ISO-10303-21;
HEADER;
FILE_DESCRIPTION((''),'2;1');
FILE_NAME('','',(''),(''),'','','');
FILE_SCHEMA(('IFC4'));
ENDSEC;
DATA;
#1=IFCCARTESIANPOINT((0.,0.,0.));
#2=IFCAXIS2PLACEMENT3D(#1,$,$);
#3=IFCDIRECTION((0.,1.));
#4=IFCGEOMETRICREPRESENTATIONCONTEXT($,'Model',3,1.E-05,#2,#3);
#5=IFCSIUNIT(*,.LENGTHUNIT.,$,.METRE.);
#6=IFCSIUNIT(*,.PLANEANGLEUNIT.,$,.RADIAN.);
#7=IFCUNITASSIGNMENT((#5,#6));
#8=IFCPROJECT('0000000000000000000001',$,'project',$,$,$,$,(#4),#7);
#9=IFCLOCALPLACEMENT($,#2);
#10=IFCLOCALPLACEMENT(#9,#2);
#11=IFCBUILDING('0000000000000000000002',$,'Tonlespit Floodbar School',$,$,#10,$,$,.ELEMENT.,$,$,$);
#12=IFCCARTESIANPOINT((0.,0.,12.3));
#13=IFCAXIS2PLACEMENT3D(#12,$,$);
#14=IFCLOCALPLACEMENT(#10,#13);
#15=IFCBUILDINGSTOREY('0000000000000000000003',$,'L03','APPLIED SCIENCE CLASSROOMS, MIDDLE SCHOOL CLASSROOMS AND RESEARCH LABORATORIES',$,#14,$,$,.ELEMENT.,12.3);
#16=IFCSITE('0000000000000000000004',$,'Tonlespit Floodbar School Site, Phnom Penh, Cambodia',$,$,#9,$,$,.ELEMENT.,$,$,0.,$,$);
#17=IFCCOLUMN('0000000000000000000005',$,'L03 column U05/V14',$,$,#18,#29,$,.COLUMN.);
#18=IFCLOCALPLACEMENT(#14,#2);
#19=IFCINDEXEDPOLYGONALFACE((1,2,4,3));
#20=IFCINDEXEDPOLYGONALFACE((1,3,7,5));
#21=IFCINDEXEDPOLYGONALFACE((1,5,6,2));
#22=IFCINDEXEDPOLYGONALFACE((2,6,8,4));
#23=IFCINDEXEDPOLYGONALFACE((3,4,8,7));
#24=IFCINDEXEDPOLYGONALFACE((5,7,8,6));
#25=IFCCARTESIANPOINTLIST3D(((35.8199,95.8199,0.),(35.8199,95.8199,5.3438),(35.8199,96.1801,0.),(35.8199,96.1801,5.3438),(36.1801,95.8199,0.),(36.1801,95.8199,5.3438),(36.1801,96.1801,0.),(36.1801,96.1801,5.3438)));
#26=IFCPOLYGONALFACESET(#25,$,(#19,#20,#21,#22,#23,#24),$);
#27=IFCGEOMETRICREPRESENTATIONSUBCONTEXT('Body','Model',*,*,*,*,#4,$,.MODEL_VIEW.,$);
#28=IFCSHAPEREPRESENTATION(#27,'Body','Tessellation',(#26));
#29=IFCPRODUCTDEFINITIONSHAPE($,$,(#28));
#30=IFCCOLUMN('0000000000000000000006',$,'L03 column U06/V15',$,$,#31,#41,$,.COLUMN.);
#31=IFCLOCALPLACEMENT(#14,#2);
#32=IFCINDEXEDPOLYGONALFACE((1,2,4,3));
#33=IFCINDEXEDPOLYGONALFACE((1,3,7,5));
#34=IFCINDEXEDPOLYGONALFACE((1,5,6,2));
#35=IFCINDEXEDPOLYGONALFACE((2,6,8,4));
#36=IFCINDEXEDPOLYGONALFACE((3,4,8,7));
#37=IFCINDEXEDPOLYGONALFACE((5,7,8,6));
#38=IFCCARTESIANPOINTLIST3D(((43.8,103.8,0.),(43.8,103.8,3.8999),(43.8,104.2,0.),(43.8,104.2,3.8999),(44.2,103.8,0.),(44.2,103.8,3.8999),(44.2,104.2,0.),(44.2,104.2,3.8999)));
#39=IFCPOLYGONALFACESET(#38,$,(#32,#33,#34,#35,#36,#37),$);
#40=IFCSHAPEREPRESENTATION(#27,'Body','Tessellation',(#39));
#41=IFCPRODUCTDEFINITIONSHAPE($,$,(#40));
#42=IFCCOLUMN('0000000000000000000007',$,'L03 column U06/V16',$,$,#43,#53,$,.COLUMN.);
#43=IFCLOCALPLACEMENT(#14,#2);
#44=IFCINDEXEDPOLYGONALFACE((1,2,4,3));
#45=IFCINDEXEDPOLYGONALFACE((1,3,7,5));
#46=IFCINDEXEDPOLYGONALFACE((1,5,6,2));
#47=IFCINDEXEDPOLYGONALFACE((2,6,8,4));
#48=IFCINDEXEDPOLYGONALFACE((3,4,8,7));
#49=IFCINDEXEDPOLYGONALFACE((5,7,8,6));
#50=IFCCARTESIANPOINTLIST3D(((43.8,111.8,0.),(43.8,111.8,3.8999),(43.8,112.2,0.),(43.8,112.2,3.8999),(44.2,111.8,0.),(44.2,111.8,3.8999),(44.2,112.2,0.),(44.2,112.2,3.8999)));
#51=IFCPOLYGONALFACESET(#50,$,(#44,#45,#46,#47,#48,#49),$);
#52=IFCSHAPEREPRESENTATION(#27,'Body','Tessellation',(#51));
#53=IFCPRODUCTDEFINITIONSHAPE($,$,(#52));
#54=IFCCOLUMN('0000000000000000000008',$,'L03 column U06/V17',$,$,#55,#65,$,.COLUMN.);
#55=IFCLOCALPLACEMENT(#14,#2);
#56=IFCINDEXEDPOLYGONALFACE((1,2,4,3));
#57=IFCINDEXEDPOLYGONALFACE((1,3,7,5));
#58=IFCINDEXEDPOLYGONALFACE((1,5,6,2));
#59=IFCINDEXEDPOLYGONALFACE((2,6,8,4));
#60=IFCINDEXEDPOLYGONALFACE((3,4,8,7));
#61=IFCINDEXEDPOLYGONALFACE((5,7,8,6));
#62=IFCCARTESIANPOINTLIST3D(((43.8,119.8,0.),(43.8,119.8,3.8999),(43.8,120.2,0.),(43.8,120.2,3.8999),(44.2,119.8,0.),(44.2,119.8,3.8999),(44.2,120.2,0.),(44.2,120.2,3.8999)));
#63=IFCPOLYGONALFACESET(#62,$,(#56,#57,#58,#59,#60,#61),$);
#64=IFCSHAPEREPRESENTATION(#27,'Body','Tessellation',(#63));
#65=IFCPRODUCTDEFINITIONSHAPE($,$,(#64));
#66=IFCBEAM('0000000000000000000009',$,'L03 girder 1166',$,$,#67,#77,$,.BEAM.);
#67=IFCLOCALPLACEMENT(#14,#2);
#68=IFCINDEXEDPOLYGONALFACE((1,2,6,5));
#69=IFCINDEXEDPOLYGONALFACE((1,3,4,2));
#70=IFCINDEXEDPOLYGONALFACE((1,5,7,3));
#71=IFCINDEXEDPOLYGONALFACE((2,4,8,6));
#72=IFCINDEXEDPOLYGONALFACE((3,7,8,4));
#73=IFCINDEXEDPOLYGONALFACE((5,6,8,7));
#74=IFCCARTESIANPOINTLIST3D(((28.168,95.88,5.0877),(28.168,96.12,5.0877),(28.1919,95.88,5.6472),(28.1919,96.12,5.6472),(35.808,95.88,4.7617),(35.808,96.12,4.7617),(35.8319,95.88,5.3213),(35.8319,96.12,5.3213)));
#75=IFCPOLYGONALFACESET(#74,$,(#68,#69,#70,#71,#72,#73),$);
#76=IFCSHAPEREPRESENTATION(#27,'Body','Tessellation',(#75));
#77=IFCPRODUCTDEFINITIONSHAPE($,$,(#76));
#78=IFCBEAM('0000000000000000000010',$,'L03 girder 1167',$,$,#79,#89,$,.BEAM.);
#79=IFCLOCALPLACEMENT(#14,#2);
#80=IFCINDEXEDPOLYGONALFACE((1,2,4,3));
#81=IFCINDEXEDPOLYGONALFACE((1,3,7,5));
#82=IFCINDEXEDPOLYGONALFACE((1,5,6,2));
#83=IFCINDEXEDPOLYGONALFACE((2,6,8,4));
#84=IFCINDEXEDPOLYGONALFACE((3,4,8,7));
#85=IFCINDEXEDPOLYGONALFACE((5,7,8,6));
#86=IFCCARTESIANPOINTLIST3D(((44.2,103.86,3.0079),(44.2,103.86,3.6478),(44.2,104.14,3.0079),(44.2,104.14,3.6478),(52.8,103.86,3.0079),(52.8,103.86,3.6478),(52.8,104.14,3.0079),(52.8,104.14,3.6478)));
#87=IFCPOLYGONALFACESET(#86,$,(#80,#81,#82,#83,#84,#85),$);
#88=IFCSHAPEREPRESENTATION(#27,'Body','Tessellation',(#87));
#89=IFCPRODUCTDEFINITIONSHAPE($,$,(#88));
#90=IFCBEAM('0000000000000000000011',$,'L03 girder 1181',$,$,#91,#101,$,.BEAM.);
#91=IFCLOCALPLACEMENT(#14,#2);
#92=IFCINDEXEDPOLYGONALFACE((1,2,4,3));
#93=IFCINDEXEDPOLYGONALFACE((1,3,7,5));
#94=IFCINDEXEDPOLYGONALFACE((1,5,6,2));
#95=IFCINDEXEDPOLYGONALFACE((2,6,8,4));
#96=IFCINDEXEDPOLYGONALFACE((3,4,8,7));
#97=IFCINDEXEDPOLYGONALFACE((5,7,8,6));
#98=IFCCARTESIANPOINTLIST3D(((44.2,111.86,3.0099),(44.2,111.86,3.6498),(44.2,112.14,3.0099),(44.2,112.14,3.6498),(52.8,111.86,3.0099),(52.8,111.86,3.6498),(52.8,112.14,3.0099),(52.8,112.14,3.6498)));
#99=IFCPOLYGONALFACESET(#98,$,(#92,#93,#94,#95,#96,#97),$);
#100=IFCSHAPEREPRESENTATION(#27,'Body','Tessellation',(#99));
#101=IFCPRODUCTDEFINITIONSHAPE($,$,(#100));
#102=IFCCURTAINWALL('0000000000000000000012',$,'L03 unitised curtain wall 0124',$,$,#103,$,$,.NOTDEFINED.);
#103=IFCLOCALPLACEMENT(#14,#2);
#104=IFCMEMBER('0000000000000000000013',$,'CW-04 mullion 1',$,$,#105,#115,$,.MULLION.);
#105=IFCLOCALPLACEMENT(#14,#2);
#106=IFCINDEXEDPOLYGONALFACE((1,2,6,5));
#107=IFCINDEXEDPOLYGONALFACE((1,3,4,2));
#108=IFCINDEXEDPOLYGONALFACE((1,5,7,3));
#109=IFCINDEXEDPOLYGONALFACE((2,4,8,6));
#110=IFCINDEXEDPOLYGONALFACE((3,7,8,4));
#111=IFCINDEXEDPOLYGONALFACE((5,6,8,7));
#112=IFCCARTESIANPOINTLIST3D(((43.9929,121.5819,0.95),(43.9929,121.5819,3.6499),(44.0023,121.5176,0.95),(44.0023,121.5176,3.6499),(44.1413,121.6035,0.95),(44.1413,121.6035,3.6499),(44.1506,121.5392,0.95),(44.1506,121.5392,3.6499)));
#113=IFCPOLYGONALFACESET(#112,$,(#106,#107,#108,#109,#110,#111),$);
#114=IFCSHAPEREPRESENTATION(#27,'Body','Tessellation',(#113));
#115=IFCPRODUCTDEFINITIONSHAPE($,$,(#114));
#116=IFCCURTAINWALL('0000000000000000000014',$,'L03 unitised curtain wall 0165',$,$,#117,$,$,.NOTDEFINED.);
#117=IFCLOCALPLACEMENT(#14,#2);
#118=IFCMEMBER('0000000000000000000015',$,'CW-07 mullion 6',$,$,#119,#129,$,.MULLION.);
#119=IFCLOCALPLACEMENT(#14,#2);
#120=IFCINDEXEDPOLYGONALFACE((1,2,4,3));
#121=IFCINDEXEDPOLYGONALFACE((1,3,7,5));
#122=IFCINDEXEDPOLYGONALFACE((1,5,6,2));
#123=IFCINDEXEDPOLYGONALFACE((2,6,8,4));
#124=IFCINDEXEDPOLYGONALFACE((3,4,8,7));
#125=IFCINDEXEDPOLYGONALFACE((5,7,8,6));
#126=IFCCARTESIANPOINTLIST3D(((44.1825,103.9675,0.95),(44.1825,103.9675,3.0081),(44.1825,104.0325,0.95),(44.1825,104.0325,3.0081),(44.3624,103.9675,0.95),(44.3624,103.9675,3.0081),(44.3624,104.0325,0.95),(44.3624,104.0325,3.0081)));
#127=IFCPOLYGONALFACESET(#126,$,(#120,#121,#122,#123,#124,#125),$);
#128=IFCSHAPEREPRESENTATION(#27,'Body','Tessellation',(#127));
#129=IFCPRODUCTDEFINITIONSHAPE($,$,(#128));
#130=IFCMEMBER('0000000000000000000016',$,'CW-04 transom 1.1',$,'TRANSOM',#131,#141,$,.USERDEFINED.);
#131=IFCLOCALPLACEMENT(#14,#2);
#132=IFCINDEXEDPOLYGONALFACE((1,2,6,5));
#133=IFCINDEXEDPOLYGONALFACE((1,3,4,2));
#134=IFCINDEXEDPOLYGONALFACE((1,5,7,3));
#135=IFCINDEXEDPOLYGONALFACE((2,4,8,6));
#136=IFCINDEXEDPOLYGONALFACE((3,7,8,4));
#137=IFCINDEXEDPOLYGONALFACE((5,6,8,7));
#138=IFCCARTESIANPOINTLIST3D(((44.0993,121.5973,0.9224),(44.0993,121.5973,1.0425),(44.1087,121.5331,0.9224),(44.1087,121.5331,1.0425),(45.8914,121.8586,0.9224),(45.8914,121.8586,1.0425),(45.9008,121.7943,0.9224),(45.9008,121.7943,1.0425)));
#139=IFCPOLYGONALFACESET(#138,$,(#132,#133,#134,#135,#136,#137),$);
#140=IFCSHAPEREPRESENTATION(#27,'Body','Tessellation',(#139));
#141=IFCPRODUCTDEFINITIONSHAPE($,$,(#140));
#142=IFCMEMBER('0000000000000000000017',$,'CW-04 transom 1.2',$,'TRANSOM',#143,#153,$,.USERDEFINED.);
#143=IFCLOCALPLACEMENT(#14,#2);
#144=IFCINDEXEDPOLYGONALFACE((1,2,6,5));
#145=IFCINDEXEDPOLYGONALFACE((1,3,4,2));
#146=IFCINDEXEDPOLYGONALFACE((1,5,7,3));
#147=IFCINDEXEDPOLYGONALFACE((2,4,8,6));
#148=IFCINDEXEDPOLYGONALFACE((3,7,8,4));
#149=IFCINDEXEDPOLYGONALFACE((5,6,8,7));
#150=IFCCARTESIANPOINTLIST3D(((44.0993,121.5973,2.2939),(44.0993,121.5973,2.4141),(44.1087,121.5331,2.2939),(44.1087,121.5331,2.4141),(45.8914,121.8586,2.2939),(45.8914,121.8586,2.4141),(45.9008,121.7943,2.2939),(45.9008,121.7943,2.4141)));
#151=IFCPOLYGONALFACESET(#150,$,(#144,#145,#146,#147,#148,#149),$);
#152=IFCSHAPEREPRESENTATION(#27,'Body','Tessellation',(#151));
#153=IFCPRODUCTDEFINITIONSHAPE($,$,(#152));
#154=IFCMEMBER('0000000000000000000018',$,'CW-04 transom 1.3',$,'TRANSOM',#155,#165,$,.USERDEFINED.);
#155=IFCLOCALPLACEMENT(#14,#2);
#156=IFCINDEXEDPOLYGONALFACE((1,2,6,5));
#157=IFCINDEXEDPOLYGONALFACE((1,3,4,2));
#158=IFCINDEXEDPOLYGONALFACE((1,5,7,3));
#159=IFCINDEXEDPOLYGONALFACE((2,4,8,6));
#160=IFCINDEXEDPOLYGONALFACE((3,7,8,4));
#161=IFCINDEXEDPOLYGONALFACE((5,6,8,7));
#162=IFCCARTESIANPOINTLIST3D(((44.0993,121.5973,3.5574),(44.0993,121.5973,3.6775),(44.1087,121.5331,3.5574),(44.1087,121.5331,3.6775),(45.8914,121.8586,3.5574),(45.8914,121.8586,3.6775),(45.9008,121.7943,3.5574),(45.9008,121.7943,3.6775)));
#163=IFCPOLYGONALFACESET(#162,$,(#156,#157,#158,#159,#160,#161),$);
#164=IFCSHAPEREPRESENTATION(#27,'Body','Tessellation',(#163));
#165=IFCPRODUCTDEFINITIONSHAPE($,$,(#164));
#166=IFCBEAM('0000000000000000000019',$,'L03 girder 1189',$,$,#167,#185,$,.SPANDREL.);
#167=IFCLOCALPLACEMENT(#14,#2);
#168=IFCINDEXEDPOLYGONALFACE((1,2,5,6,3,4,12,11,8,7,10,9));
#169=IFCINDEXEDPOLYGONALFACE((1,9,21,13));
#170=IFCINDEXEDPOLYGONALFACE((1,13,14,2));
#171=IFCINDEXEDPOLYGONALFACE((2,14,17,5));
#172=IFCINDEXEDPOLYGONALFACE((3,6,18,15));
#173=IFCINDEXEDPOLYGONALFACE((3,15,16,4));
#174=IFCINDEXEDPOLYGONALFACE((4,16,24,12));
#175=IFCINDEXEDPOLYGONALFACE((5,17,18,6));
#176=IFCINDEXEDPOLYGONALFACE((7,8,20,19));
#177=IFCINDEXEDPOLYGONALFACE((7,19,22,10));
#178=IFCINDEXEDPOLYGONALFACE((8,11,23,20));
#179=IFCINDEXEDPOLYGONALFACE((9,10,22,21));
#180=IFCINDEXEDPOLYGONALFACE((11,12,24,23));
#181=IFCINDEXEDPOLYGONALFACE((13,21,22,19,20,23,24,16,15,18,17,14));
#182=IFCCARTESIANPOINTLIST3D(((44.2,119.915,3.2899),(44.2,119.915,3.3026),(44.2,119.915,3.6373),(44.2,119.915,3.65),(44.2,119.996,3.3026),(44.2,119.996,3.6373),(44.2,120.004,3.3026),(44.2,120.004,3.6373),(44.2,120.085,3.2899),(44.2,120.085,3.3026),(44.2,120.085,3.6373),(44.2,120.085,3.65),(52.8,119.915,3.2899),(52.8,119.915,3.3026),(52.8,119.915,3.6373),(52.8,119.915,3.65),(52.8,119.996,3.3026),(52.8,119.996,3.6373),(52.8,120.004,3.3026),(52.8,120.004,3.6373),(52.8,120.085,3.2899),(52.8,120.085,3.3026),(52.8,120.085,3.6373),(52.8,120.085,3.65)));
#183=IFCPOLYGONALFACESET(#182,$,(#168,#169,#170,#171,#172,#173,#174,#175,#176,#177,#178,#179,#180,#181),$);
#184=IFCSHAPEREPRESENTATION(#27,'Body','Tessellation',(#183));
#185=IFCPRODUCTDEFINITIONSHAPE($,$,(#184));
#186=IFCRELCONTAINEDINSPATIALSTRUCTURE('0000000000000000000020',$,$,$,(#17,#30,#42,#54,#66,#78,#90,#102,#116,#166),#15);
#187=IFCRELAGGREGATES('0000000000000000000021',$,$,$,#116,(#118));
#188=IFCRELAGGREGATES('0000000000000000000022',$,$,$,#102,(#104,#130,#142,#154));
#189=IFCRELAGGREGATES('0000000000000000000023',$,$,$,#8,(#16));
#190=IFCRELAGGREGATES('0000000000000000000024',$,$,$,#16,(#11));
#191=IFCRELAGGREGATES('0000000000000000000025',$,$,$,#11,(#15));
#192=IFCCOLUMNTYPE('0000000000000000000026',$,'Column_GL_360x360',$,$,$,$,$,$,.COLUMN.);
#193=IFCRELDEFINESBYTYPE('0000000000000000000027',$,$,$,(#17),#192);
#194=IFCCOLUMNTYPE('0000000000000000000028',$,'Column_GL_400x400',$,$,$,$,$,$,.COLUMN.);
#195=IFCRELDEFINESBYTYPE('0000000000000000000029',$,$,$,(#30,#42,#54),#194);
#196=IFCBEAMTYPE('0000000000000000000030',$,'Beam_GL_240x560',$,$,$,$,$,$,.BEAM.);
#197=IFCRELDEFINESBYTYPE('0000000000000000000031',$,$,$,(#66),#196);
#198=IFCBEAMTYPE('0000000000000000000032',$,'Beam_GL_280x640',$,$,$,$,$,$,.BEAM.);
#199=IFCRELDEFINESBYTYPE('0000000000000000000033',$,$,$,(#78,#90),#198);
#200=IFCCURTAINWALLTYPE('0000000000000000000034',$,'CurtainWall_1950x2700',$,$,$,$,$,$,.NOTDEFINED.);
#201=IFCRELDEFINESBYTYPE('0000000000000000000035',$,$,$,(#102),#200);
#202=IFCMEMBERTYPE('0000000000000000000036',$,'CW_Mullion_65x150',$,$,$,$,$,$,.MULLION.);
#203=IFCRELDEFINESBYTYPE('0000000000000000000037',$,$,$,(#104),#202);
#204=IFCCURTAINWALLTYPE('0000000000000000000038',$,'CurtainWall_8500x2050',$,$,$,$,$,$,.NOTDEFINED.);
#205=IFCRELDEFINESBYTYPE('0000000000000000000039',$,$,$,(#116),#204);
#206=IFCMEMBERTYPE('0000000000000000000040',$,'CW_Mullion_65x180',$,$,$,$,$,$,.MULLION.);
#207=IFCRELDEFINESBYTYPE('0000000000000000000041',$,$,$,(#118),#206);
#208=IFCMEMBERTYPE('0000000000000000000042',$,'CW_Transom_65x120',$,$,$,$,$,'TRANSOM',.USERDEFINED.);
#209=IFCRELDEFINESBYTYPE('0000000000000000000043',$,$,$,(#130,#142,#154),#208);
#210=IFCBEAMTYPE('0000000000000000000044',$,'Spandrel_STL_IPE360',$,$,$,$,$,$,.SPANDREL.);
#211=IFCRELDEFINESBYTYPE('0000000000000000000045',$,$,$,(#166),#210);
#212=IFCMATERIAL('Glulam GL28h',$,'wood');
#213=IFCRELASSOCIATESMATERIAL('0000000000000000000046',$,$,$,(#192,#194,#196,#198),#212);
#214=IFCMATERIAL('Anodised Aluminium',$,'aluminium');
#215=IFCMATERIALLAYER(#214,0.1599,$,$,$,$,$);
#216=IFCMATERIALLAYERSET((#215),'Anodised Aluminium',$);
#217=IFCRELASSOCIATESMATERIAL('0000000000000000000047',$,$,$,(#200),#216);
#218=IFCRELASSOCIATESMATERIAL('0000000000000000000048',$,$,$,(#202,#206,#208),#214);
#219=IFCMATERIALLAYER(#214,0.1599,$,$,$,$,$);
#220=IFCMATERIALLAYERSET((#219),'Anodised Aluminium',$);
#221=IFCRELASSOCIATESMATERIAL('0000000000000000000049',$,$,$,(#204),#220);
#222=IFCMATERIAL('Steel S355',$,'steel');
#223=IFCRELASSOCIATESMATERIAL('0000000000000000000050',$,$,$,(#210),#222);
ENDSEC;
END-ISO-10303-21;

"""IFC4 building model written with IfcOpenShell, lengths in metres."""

from ifc_helpers import new_model, si_unit, direction, frame, origin, origin_2d, place, context, subcontext, project, spatial, rectangle, i_section, extrude, material, layer, layer_set, material_profile, profile_set, type_object, element, aggregate, save


model = new_model("IFC4")

# Units and contexts
model_context = context("Model", 3, precision=1e-05, world=origin(), true_north=direction((0.0, 1.0)))
body_context = subcontext(model_context, "Body", "Model", "MODEL_VIEW")
ifc_project = project(units=[si_unit("LENGTHUNIT", "METRE"), si_unit("PLANEANGLEUNIT", "RADIAN")], contexts=[model_context])

# Site, building, storey
site_placement = place(None, origin())
site = spatial("IfcSite", under=ifc_project, at=site_placement, Name="Tonlespit Floodbar School Site, Phnom Penh, Cambodia", CompositionType="ELEMENT", RefElevation=0.0)
building_placement = place(site_placement, origin())
building = spatial("IfcBuilding", under=site, at=building_placement, Name="Tonlespit Floodbar School", CompositionType="ELEMENT")
storey_placement = place(building_placement, frame((0.0, 0.0, 12.3)))
storey = spatial("IfcBuildingStorey", under=building, at=storey_placement, Name="L03", Description="APPLIED SCIENCE CLASSROOMS, MIDDLE SCHOOL CLASSROOMS AND RESEARCH LABORATORIES", CompositionType="ELEMENT", Elevation=12.3)

# Columns
ifc_material_1 = material(Name="Glulam GL28h", Category="wood")
ifc_material_profile_1 = material_profile(ifc_material_1, rectangle(XDim=0.3601, YDim=0.3601, at=origin_2d()), Name="GL 360x360")
ifc_profile_set_1 = profile_set([ifc_material_profile_1], Name="Glulam GL28h")
column_type_1 = type_object("IfcColumnType", Name="Column_GL_360x360", PredefinedType="COLUMN", material=ifc_profile_set_1)
column_placement = place(storey_placement, frame((36.0, 96.0, 0.0), z_axis=(0.0, 0.0, 1.0), x_axis=(1.0, 0.0, 0.0)))
element("IfcColumn", 1, at=column_placement, inside=storey, type_object=column_type_1, Name="L03 column U05/V14", PredefinedType="COLUMN", context=body_context, shape_type="SweptSolid", body=[
    extrude(rectangle(XDim=0.3601, YDim=0.3601, at=origin_2d()), origin(), (0.0, 0.0, 1.0), 5.3438),
])
ifc_material_profile_2 = material_profile(ifc_material_1, rectangle(XDim=0.3999, YDim=0.3999, at=origin_2d()), Name="GL 400x400")
ifc_profile_set_2 = profile_set([ifc_material_profile_2], Name="Glulam GL28h")
column_type_2 = type_object("IfcColumnType", Name="Column_GL_400x400", PredefinedType="COLUMN", material=ifc_profile_set_2)
for number, where, z_axis, x_axis, name in (
    (2, (44.0, 104.0, 0.0), (0.0, 0.0, 1.0), (1.0, 0.0, 0.0), "L03 column U06/V15"),
    (3, (44.0, 112.0, 0.0), (0.0, 0.0, 1.0), (1.0, 0.0, 0.0), "L03 column U06/V16"),
    (4, (44.0, 120.0, 0.0), (0.0, 0.0, 1.0), (1.0, 0.0, 0.0), "L03 column U06/V17"),
):
    element("IfcColumn", number, at=place(storey_placement, frame(where, z_axis=z_axis, x_axis=x_axis)), inside=storey, type_object=column_type_2, Name=name, PredefinedType="COLUMN", context=body_context, shape_type="SweptSolid", body=[
        extrude(rectangle(XDim=0.3999, YDim=0.3999, at=origin_2d()), origin(), (0.0, 0.0, 1.0), 3.8999),
    ])

# Beams
ifc_material_profile_3 = material_profile(ifc_material_1, rectangle(XDim=0.24, YDim=0.5601, at=origin_2d()), Name="GL 240x560")
ifc_profile_set_3 = profile_set([ifc_material_profile_3], Name="Glulam GL28h")
beam_type_1 = type_object("IfcBeamType", Name="Beam_GL_240x560", PredefinedType="BEAM", material=ifc_profile_set_3)
beam_1_placement = place(storey_placement, frame((28.1799, 96.0, 5.3674), z_axis=(0.999091, 0.0, -0.042621), x_axis=(0.0, 1.0, 0.0)))
element("IfcBeam", 5, at=beam_1_placement, inside=storey, type_object=beam_type_1, Name="L03 girder 1166", PredefinedType="BEAM", context=body_context, shape_type="SweptSolid", body=[
    extrude(rectangle(XDim=0.24, YDim=0.5601, at=origin_2d()), origin(), (0.0, 0.0, 1.0), 7.647),
])
ifc_material_profile_4 = material_profile(ifc_material_1, rectangle(XDim=0.28, YDim=0.6399, at=origin_2d()), Name="GL 280x640")
ifc_profile_set_4 = profile_set([ifc_material_profile_4], Name="Glulam GL28h")
beam_type_2 = type_object("IfcBeamType", Name="Beam_GL_280x640", PredefinedType="BEAM", material=ifc_profile_set_4)
for number, where, z_axis, x_axis, name in (
    (6, (44.2, 104.0, 3.3279), (1.0, 0.0, 0.0), (0.0, 1.0, 0.0), "L03 girder 1167"),
    (7, (44.2, 112.0, 3.3298), (1.0, 0.0, 0.0), (0.0, 1.0, 0.0), "L03 girder 1181"),
):
    element("IfcBeam", number, at=place(storey_placement, frame(where, z_axis=z_axis, x_axis=x_axis)), inside=storey, type_object=beam_type_2, Name=name, PredefinedType="BEAM", context=body_context, shape_type="SweptSolid", body=[
        extrude(rectangle(XDim=0.28, YDim=0.6399, at=origin_2d()), origin(), (0.0, 0.0, 1.0), 8.6001),
    ])

# Curtain walls, members
ifc_material_2 = material(Name="Anodised Aluminium", Category="aluminium")
ifc_layer_1 = layer(ifc_material_2, 0.1599)
ifc_layer_set_1 = layer_set([ifc_layer_1], Name="Anodised Aluminium")
curtain_wall_type_1 = type_object("IfcCurtainWallType", Name="CurtainWall_1950x2700", PredefinedType="NOTDEFINED", material=ifc_layer_set_1)
curtain_wall_1_placement = place(storey_placement, origin())
curtain_wall_1 = element("IfcCurtainWall", 8, at=curtain_wall_1_placement, inside=storey, type_object=curtain_wall_type_1, Name="L03 unitised curtain wall 0124", PredefinedType="NOTDEFINED")
ifc_material_profile_5 = material_profile(ifc_material_2, rectangle(XDim=0.0649, YDim=0.1499, at=origin_2d()), Name="ALU M65x150")
ifc_profile_set_5 = profile_set([ifc_material_profile_5], Name="Anodised Aluminium")
member_type_1 = type_object("IfcMemberType", Name="CW_Mullion_65x150", PredefinedType="MULLION", material=ifc_profile_set_5)
member_1_placement = place(storey_placement, frame((44.0718, 121.5605, 0.95), z_axis=(0.0, 0.0, 1.0), x_axis=(-0.144248, 0.989542, 0.0)))
member_1 = element("IfcMember", 9, at=member_1_placement, type_object=member_type_1, Name="CW-04 mullion 1", PredefinedType="MULLION", context=body_context, shape_type="SweptSolid", body=[
    extrude(rectangle(XDim=0.0649, YDim=0.1499, at=origin_2d()), origin(), (0.0, 0.0, 1.0), 2.7),
])
ifc_layer_2 = layer(ifc_material_2, 0.1599)
ifc_layer_set_2 = layer_set([ifc_layer_2], Name="Anodised Aluminium")
curtain_wall_type_2 = type_object("IfcCurtainWallType", Name="CurtainWall_8500x2050", PredefinedType="NOTDEFINED", material=ifc_layer_set_2)
curtain_wall_2_placement = place(storey_placement, origin())
curtain_wall_2 = element("IfcCurtainWall", 10, at=curtain_wall_2_placement, inside=storey, type_object=curtain_wall_type_2, Name="L03 unitised curtain wall 0165", PredefinedType="NOTDEFINED")
ifc_material_profile_6 = material_profile(ifc_material_2, rectangle(XDim=0.0649, YDim=0.1799, at=origin_2d()), Name="ALU M65x180")
ifc_profile_set_6 = profile_set([ifc_material_profile_6], Name="Anodised Aluminium")
member_type_2 = type_object("IfcMemberType", Name="CW_Mullion_65x180", PredefinedType="MULLION", material=ifc_profile_set_6)
member_2_placement = place(storey_placement, frame((44.2725, 104.0, 0.95), z_axis=(0.0, 0.0, 1.0), x_axis=(0.0, -1.0, 0.0)))
member_2 = element("IfcMember", 11, at=member_2_placement, type_object=member_type_2, Name="CW-07 mullion 6", PredefinedType="MULLION", context=body_context, shape_type="SweptSolid", body=[
    extrude(rectangle(XDim=0.0649, YDim=0.1799, at=origin_2d()), origin(), (0.0, 0.0, 1.0), 2.0581),
])
aggregate(curtain_wall_2, [member_2])

# Members
ifc_material_profile_7 = material_profile(ifc_material_2, rectangle(XDim=0.0649, YDim=0.1201, at=origin_2d()), Name="ALU T65x120")
ifc_profile_set_7 = profile_set([ifc_material_profile_7], Name="Anodised Aluminium")
member_type_3 = type_object("IfcMemberType", Name="CW_Transom_65x120", ElementType="TRANSOM", PredefinedType="USERDEFINED", material=ifc_profile_set_7)
member_3_placement = place(storey_placement, frame((44.104, 121.5652, 0.9824), z_axis=(0.989541, 0.144252, 0.0), x_axis=(-0.144252, 0.989541, 0.0)))
member_3 = element("IfcMember", 12, at=member_3_placement, type_object=member_type_3, Name="CW-04 transom 1.1", ObjectType="TRANSOM", PredefinedType="USERDEFINED", context=body_context, shape_type="SweptSolid", body=[
    extrude(rectangle(XDim=0.0649, YDim=0.1201, at=origin_2d()), origin(), (0.0, 0.0, 1.0), 1.811),
])
member_4_placement = place(storey_placement, frame((44.104, 121.5652, 2.354), z_axis=(0.989541, 0.144252, 0.0), x_axis=(-0.144252, 0.989541, 0.0)))
member_4 = element("IfcMember", 13, at=member_4_placement, type_object=member_type_3, Name="CW-04 transom 1.2", ObjectType="TRANSOM", PredefinedType="USERDEFINED", context=body_context, shape_type="SweptSolid", body=[
    extrude(rectangle(XDim=0.0649, YDim=0.1201, at=origin_2d()), origin(), (0.0, 0.0, 1.0), 1.811),
])
member_5_placement = place(storey_placement, frame((44.104, 121.5652, 3.6174), z_axis=(0.989541, 0.144252, 0.0), x_axis=(-0.144252, 0.989541, 0.0)))
member_5 = element("IfcMember", 14, at=member_5_placement, type_object=member_type_3, Name="CW-04 transom 1.3", ObjectType="TRANSOM", PredefinedType="USERDEFINED", context=body_context, shape_type="SweptSolid", body=[
    extrude(rectangle(XDim=0.0649, YDim=0.1201, at=origin_2d()), origin(), (0.0, 0.0, 1.0), 1.811),
])
aggregate(curtain_wall_1, [member_1, member_3, member_4, member_5])

# Beam
ifc_material_3 = material(Name="Steel S355", Category="steel")
ifc_material_profile_8 = material_profile(ifc_material_3, i_section(OverallWidth=0.1699, OverallDepth=0.3601, WebThickness=0.0081, FlangeThickness=0.0127, at=origin_2d()), Name="IPE 360")
ifc_profile_set_8 = profile_set([ifc_material_profile_8], Name="Steel S355")
beam_type_3 = type_object("IfcBeamType", Name="Spandrel_STL_IPE360", PredefinedType="SPANDREL", material=ifc_profile_set_8)
beam_2_placement = place(storey_placement, frame((44.2, 120.0, 3.47), z_axis=(1.0, 0.0, 0.0), x_axis=(0.0, 1.0, 0.0)))
element("IfcBeam", 15, at=beam_2_placement, inside=storey, type_object=beam_type_3, Name="L03 girder 1189", PredefinedType="SPANDREL", context=body_context, shape_type="SweptSolid", body=[
    extrude(i_section(OverallWidth=0.1699, OverallDepth=0.3601, WebThickness=0.0081, FlangeThickness=0.0127, at=origin_2d()), origin(), (0.0, 0.0, 1.0), 8.6001),
])

save(model, "model.ifc")
